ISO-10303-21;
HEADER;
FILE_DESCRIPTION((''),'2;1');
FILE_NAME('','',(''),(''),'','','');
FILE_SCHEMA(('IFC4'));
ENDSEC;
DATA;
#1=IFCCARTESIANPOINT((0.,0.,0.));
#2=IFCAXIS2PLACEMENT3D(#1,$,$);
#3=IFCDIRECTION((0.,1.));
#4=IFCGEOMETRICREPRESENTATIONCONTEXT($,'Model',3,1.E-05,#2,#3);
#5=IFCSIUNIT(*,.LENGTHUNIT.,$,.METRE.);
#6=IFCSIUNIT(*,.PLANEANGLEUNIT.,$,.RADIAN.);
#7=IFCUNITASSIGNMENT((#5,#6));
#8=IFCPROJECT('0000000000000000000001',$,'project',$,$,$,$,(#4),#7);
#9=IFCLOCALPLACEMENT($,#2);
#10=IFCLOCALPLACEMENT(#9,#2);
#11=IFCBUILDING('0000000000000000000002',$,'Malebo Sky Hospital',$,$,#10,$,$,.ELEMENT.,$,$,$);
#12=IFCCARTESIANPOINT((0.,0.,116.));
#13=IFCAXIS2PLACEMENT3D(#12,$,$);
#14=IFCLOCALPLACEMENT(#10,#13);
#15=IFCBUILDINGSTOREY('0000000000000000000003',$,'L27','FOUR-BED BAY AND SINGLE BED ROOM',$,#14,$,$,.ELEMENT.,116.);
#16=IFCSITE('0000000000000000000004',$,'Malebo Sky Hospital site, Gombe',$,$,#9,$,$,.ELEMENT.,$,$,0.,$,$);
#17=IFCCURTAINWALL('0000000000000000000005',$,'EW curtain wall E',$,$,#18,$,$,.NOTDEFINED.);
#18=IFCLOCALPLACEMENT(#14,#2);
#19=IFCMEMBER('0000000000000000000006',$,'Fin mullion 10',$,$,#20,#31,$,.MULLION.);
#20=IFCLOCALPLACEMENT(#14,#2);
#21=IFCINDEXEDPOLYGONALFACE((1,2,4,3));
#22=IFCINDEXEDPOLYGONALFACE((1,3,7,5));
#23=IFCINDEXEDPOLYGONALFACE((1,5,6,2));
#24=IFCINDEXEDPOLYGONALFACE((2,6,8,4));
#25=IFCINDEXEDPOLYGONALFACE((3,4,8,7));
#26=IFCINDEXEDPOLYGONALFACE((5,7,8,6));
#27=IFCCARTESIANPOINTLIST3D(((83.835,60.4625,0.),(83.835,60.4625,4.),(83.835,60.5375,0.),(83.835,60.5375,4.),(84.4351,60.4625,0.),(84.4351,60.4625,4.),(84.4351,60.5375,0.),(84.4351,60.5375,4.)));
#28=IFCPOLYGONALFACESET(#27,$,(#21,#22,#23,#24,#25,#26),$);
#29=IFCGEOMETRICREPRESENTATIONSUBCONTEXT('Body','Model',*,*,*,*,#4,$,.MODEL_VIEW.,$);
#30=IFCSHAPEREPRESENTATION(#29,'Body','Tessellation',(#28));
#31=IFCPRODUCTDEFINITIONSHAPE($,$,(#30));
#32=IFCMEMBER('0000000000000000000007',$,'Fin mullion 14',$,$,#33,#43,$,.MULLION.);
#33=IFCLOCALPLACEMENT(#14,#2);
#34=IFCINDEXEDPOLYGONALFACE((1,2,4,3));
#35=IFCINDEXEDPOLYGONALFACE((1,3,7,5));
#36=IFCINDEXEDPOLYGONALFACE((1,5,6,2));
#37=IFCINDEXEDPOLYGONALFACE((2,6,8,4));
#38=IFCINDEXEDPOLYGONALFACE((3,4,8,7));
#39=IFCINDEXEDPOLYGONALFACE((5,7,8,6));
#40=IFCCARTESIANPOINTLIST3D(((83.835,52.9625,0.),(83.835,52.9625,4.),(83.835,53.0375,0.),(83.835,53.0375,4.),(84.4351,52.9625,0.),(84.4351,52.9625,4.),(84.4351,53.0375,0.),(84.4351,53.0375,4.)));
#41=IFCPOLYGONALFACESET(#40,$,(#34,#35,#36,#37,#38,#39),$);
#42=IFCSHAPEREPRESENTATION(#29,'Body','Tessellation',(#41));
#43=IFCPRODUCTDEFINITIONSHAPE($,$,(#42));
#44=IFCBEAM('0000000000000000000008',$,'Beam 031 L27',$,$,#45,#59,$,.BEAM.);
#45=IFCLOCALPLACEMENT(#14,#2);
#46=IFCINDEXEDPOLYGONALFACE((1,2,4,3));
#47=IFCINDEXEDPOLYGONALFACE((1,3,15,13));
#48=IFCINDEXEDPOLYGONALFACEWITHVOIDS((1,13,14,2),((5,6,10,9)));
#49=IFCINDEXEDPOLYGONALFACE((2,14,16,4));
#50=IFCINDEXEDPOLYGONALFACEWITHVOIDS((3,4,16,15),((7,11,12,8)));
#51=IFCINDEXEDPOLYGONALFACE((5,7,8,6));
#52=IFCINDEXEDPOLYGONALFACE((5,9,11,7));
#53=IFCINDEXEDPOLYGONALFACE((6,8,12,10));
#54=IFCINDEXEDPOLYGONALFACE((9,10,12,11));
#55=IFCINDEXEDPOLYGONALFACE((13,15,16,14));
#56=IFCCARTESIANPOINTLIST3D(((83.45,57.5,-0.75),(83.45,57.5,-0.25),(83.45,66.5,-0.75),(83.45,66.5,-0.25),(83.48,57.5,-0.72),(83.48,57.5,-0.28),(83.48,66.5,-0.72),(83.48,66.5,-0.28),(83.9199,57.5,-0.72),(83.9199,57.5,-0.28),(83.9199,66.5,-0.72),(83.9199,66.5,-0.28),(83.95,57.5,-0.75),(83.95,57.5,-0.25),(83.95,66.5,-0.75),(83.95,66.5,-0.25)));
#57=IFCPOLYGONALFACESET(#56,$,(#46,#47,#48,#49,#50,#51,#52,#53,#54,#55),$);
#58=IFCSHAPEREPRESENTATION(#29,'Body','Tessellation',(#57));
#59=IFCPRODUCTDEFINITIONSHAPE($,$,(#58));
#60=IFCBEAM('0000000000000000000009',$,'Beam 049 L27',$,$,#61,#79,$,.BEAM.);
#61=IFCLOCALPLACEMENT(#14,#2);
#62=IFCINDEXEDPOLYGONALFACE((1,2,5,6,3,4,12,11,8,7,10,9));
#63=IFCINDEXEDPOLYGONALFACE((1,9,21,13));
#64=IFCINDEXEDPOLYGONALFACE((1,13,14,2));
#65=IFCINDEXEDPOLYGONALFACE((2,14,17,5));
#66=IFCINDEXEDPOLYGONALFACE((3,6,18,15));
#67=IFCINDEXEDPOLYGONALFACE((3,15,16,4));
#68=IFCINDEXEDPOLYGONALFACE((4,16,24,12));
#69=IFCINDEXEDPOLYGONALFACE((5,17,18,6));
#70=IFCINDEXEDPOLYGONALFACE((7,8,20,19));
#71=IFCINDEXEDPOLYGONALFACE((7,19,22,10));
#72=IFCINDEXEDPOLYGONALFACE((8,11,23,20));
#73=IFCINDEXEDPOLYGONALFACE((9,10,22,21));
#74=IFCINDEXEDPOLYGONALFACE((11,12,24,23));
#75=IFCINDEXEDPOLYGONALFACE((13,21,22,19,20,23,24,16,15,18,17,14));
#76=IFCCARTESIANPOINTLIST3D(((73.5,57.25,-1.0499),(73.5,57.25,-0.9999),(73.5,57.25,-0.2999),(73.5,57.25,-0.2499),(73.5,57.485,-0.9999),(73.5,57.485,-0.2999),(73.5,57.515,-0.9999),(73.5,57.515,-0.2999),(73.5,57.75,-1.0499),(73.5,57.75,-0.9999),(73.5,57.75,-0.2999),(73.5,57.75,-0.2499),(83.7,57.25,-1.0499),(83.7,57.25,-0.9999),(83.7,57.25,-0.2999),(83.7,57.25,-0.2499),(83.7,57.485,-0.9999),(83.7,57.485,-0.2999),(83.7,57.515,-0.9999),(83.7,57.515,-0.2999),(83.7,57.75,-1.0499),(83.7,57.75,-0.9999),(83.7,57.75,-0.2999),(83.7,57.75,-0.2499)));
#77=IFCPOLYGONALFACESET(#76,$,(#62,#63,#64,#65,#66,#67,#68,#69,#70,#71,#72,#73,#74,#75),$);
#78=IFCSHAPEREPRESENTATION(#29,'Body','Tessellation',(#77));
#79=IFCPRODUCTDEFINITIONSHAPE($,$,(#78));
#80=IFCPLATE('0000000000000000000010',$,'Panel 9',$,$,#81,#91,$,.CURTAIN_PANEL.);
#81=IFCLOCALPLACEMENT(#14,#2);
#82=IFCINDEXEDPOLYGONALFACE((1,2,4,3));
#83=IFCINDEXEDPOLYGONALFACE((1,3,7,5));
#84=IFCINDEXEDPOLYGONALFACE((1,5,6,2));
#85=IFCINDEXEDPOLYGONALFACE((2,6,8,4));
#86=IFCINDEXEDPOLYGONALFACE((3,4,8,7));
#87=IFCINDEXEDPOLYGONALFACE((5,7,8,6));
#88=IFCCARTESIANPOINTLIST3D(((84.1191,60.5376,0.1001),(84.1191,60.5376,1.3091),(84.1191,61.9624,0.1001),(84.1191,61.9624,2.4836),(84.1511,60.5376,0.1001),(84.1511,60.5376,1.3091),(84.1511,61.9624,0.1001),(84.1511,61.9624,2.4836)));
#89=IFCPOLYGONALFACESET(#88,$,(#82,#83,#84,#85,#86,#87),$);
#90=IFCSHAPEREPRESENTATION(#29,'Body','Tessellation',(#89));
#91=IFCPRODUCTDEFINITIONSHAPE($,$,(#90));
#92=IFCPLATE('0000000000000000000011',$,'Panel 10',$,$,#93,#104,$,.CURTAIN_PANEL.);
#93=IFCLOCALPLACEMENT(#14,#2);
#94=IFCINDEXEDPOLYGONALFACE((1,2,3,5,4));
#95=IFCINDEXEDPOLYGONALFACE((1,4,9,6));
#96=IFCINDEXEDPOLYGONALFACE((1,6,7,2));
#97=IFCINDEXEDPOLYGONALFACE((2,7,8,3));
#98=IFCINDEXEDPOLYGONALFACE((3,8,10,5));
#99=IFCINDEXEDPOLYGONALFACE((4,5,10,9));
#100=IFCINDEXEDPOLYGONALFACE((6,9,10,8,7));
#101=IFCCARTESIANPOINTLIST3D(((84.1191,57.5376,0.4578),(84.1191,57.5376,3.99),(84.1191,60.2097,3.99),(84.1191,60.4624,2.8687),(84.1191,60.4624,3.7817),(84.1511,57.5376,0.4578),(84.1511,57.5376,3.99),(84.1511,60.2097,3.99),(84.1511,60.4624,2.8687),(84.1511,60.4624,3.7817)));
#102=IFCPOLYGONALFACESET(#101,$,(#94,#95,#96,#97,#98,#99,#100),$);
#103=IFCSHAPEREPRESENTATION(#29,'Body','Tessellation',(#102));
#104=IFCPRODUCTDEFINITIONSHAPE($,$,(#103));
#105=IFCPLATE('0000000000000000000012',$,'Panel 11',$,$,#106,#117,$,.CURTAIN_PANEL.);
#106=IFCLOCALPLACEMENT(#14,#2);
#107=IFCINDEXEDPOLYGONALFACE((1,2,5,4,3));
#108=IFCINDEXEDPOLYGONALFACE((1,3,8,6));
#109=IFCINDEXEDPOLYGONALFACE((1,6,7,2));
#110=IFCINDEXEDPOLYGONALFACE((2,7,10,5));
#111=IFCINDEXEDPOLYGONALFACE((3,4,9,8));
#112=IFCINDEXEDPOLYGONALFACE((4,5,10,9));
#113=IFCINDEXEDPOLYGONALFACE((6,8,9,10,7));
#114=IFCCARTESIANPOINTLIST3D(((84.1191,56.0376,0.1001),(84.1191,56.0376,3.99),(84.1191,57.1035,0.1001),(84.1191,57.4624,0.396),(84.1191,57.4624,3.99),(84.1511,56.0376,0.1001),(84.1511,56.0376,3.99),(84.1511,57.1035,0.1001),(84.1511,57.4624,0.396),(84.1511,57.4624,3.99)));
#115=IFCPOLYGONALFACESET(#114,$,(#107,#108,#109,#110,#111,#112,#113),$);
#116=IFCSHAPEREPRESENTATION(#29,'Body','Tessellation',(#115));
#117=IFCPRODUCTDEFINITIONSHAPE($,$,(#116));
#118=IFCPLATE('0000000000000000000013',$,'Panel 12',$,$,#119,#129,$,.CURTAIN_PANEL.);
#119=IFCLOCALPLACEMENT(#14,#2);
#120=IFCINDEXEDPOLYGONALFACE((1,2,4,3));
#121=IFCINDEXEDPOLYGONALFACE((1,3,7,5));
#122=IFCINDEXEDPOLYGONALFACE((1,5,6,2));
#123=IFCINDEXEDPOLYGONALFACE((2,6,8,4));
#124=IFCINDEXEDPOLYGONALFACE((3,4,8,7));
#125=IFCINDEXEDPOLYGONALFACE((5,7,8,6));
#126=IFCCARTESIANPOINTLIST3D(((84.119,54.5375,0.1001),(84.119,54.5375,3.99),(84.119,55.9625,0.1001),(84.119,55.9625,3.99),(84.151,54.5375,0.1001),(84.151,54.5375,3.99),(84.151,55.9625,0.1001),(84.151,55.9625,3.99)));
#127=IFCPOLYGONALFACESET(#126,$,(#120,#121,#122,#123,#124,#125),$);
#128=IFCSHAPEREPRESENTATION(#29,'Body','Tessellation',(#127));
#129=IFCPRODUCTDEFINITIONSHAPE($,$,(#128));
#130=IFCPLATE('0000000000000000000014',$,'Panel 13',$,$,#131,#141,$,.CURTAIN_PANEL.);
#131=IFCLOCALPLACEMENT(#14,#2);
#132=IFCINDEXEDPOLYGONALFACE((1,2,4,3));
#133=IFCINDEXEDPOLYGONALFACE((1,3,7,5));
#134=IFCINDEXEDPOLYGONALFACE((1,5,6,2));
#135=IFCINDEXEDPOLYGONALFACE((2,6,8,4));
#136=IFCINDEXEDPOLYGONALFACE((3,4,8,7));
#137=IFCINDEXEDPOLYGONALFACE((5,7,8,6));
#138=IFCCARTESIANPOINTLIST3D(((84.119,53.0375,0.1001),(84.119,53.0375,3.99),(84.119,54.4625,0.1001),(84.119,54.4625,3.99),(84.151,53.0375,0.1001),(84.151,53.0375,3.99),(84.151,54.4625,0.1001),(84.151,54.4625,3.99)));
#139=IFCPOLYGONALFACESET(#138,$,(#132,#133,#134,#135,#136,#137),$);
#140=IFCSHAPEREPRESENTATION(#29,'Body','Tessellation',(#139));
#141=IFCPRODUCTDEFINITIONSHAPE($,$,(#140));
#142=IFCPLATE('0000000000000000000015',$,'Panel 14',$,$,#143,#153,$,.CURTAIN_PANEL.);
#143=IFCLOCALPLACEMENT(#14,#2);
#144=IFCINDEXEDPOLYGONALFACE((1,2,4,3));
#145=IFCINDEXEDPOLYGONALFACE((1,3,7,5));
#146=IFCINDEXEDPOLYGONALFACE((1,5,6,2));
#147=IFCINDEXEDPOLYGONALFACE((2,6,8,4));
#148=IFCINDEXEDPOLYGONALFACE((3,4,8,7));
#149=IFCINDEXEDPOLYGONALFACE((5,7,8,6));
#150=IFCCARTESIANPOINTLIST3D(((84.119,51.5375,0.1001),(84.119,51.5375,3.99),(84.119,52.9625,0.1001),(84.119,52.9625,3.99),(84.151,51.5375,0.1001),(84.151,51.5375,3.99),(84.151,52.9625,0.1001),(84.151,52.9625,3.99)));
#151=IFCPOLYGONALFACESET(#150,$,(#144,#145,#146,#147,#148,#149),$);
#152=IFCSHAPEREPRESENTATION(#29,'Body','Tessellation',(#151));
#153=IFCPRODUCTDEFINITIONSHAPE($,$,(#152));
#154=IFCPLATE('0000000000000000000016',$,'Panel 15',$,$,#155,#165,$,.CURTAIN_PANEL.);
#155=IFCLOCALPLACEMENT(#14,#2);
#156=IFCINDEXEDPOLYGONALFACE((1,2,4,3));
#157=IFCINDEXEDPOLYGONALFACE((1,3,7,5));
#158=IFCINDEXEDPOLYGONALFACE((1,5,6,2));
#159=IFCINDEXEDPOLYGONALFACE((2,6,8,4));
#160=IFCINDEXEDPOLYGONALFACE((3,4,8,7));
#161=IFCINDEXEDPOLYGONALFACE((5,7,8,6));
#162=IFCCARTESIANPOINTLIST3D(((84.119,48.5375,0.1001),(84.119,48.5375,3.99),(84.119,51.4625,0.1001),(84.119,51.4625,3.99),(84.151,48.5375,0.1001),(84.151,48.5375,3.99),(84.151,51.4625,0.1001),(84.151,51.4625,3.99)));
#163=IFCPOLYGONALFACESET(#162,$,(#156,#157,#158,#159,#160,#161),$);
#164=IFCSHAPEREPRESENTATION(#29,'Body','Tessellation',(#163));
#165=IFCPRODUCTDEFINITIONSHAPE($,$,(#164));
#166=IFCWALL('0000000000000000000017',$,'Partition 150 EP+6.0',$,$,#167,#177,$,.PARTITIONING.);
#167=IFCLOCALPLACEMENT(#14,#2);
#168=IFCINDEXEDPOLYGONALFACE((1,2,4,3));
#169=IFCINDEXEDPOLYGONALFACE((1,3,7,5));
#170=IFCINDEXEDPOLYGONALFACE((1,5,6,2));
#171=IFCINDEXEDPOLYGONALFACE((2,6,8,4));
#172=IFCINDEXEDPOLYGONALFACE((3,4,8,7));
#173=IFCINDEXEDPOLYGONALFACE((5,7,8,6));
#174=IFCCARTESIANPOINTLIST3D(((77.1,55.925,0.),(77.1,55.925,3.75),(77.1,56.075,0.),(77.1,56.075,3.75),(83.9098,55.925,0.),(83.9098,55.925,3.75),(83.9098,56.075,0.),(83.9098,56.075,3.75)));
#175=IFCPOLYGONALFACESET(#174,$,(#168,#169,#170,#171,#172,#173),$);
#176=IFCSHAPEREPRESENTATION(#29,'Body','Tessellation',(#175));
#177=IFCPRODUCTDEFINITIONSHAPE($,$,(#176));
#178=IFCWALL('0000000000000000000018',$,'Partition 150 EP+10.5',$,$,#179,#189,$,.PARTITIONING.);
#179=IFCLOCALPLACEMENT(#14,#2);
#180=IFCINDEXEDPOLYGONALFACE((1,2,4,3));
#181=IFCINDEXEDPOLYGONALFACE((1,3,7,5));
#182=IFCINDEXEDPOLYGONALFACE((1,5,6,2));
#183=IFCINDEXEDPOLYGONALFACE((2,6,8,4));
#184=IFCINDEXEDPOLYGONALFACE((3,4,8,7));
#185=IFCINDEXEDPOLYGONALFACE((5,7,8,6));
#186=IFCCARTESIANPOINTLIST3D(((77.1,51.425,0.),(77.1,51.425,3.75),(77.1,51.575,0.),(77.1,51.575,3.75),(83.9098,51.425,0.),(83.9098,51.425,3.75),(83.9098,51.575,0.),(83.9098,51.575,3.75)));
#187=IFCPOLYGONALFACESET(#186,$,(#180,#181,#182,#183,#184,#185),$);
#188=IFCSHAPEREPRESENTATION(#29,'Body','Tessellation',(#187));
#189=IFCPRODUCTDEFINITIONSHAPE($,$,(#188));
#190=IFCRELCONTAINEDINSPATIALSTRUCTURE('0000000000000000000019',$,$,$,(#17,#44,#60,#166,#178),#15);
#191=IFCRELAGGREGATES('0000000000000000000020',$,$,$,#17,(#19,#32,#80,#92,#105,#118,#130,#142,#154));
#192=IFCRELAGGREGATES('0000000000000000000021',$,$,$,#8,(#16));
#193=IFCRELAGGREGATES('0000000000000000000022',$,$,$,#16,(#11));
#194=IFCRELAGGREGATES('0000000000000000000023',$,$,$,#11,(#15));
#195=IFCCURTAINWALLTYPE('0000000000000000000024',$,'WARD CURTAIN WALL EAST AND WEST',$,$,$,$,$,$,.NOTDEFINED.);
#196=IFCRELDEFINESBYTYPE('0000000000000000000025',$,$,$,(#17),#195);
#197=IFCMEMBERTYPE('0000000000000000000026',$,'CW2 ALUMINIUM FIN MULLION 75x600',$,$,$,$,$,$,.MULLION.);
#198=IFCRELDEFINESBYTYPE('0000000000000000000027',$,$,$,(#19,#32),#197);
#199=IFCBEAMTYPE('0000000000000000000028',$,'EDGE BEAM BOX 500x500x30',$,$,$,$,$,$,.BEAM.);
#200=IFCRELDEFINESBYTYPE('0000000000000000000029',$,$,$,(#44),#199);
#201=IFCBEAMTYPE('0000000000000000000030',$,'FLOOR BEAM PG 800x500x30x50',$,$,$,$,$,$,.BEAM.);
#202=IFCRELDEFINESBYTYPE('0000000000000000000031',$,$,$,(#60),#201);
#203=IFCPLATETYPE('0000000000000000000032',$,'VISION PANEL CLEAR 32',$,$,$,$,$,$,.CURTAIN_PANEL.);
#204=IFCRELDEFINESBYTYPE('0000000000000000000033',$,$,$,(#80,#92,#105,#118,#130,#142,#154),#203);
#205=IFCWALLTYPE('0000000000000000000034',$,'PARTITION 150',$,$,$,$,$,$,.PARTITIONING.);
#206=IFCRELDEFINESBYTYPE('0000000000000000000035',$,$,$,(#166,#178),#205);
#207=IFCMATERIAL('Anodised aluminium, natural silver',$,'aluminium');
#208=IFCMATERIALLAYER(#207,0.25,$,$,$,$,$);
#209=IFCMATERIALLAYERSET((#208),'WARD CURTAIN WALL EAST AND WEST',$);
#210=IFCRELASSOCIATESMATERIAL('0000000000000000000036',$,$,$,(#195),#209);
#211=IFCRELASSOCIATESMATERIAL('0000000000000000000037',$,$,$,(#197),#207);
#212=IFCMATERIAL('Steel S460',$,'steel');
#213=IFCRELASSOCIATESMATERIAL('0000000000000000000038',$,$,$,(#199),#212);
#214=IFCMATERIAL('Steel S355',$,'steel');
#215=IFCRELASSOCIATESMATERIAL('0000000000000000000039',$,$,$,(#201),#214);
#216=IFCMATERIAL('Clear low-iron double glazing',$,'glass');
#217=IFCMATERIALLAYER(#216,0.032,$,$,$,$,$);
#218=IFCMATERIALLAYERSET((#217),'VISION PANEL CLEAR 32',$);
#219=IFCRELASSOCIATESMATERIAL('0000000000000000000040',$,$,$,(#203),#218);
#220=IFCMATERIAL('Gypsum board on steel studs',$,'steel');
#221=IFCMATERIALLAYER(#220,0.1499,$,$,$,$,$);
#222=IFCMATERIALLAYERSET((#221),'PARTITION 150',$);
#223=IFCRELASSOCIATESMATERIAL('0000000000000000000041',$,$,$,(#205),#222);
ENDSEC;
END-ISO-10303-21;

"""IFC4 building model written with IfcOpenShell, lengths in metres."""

from ifc_helpers import new_model, si_unit, direction, frame, frame_2d, origin, origin_2d, place, context, subcontext, project, spatial, polyline, rectangle, hollow_rectangle, i_section, outline, extrude, material, layer, layer_set, material_profile, profile_set, type_object, element, aggregate, save


model = new_model("IFC4")

# Units and contexts
model_context = context("Model", 3, precision=1e-05, world=origin(), true_north=direction((0.0, 1.0)))
body_context = subcontext(model_context, "Body", "Model", "MODEL_VIEW")
ifc_project = project(units=[si_unit("LENGTHUNIT", "METRE"), si_unit("PLANEANGLEUNIT", "RADIAN")], contexts=[model_context])

# Site, building, storey
site_placement = place(None, origin())
site = spatial("IfcSite", under=ifc_project, at=site_placement, Name="Malebo Sky Hospital site, Gombe", CompositionType="ELEMENT", RefElevation=0.0)
building_placement = place(site_placement, origin())
building = spatial("IfcBuilding", under=site, at=building_placement, Name="Malebo Sky Hospital", CompositionType="ELEMENT")
storey_placement = place(building_placement, frame((0.0, 0.0, 116.0)))
storey = spatial("IfcBuildingStorey", under=building, at=storey_placement, Name="L27", Description="FOUR-BED BAY AND SINGLE BED ROOM", CompositionType="ELEMENT", Elevation=116.0)

# Shared definitions
ifc_material_1 = material(Name="Steel S460", Category="steel")

# Curtain wall
ifc_material_2 = material(Name="Anodised aluminium, natural silver", Category="aluminium")
ifc_layer_1 = layer(ifc_material_2, 0.25)
ifc_layer_set_1 = layer_set([ifc_layer_1], Name="WARD CURTAIN WALL EAST AND WEST")
curtain_wall_type = type_object("IfcCurtainWallType", Name="WARD CURTAIN WALL EAST AND WEST", PredefinedType="NOTDEFINED", material=ifc_layer_set_1)
curtain_wall_placement = place(storey_placement, origin())
curtain_wall = element("IfcCurtainWall", 1, at=curtain_wall_placement, inside=storey, type_object=curtain_wall_type, Name="EW curtain wall E", PredefinedType="NOTDEFINED")

# Members
ifc_material_3 = material(Name="Steel S355", Category="steel")
ifc_material_profile_1 = material_profile(ifc_material_2, rectangle(XDim=0.075, YDim=0.6001, at=origin_2d()), Name="CW2 ALUMINIUM FIN MULLION 75x600")
ifc_profile_set_1 = profile_set([ifc_material_profile_1], Name="Anodised aluminium, natural silver")
member_type_1 = type_object("IfcMemberType", Name="CW2 ALUMINIUM FIN MULLION 75x600", PredefinedType="MULLION", material=ifc_profile_set_1)
member_1_placement = place(storey_placement, frame((84.135, 60.5, 0.0), z_axis=(0.0, 0.0, 1.0), x_axis=(0.0, -1.0, 0.0)))
member_1 = element("IfcMember", 2, at=member_1_placement, type_object=member_type_1, Name="Fin mullion 10", PredefinedType="MULLION", context=body_context, shape_type="SweptSolid", body=[
    extrude(rectangle(XDim=0.075, YDim=0.6001, at=origin_2d()), origin(), (0.0, 0.0, 1.0), 4.0),
])
member_2_placement = place(storey_placement, frame((84.135, 53.0, 0.0), z_axis=(0.0, 0.0, 1.0), x_axis=(0.0, -1.0, 0.0)))
member_2 = element("IfcMember", 3, at=member_2_placement, type_object=member_type_1, Name="Fin mullion 14", PredefinedType="MULLION", context=body_context, shape_type="SweptSolid", body=[
    extrude(rectangle(XDim=0.075, YDim=0.6001, at=origin_2d()), origin(), (0.0, 0.0, 1.0), 4.0),
])

# Beams
ifc_material_profile_2 = material_profile(ifc_material_1, hollow_rectangle(XDim=0.5, YDim=0.5, WallThickness=0.03, at=origin_2d()), Name="BOX 500x500x30")
ifc_profile_set_2 = profile_set([ifc_material_profile_2], Name="Steel S460")
beam_type_1 = type_object("IfcBeamType", Name="EDGE BEAM BOX 500x500x30", PredefinedType="BEAM", material=ifc_profile_set_2)
beam_1_placement = place(storey_placement, frame((83.7, 57.5, -0.5), z_axis=(0.0, 1.0, 0.0), x_axis=(-1.0, 0.0, 0.0)))
element("IfcBeam", 4, at=beam_1_placement, inside=storey, type_object=beam_type_1, Name="Beam 031 L27", PredefinedType="BEAM", context=body_context, shape_type="SweptSolid", body=[
    extrude(hollow_rectangle(XDim=0.5, YDim=0.5, WallThickness=0.03, at=origin_2d()), origin(), (0.0, 0.0, 1.0), 9.0),
])
ifc_material_profile_3 = material_profile(ifc_material_3, i_section(OverallWidth=0.5, OverallDepth=0.8, WebThickness=0.03, FlangeThickness=0.05, at=origin_2d()), Name="PG 800x500x30x50")
ifc_profile_set_3 = profile_set([ifc_material_profile_3], Name="Steel S355")
beam_type_2 = type_object("IfcBeamType", Name="FLOOR BEAM PG 800x500x30x50", PredefinedType="BEAM", material=ifc_profile_set_3)
beam_2_placement = place(storey_placement, frame((73.5, 57.5, -0.6499), z_axis=(1.0, 0.0, 0.0), x_axis=(0.0, 1.0, 0.0)))
element("IfcBeam", 5, at=beam_2_placement, inside=storey, type_object=beam_type_2, Name="Beam 049 L27", PredefinedType="BEAM", context=body_context, shape_type="SweptSolid", body=[
    extrude(i_section(OverallWidth=0.5, OverallDepth=0.8, WebThickness=0.03, FlangeThickness=0.05, at=origin_2d()), origin(), (0.0, 0.0, 1.0), 10.2),
])

# Plates
ifc_material_4 = material(Name="Clear low-iron double glazing", Category="glass")
ifc_layer_2 = layer(ifc_material_4, 0.032)
ifc_layer_set_2 = layer_set([ifc_layer_2], Name="VISION PANEL CLEAR 32")
plate_type = type_object("IfcPlateType", Name="VISION PANEL CLEAR 32", PredefinedType="CURTAIN_PANEL", material=ifc_layer_set_2)
plate_1_placement = place(storey_placement, frame((84.135, 61.25, 0.1001), z_axis=(0.0, 0.0, 1.0), x_axis=(0.0, -1.0, 0.0)))
plate_1 = element("IfcPlate", 6, at=plate_1_placement, type_object=plate_type, Name="Panel 9", PredefinedType="CURTAIN_PANEL", context=body_context, shape_type="SweptSolid", body=[
    extrude(outline(polyline([(-0.7124, 0.0), (0.7124, 0.0), (0.7124, 1.209), (-0.7124, 2.3835), (-0.7124, 0.0)])), frame((0.0, 0.0161, 0.0), z_axis=(0.0, -1.0, 0.0), x_axis=(1.0, 0.0, 0.0)), (0.0, 0.0, 1.0), 0.032),
])
plate_2_placement = place(storey_placement, frame((84.135, 59.0, 0.4578), z_axis=(0.0, 0.0, 1.0), x_axis=(0.0, -1.0, 0.0)))
plate_2 = element("IfcPlate", 7, at=plate_2_placement, type_object=plate_type, Name="Panel 10", PredefinedType="CURTAIN_PANEL", context=body_context, shape_type="SweptSolid", body=[
    extrude(outline(polyline([(1.4624, 0.0), (1.4624, 3.5322), (-1.2097, 3.5322), (-1.4624, 3.324), (-1.4624, 2.4109), (1.4624, 0.0)])), frame((0.0, 0.0161, 0.0), z_axis=(0.0, -1.0, 0.0), x_axis=(1.0, 0.0, 0.0)), (0.0, 0.0, 1.0), 0.032),
])
plate_3_placement = place(storey_placement, frame((84.135, 56.75, 0.1001), z_axis=(0.0, 0.0, 1.0), x_axis=(0.0, -1.0, 0.0)))
plate_3 = element("IfcPlate", 8, at=plate_3_placement, type_object=plate_type, Name="Panel 11", PredefinedType="CURTAIN_PANEL", context=body_context, shape_type="SweptSolid", body=[
    extrude(outline(polyline([(-0.3535, 0.0), (0.7124, 0.0), (0.7124, 3.8899), (-0.7124, 3.8899), (-0.7124, 0.2959), (-0.3535, 0.0)])), frame((0.0, 0.0161, 0.0), z_axis=(0.0, -1.0, 0.0), x_axis=(1.0, 0.0, 0.0)), (0.0, 0.0, 1.0), 0.032),
])
plate_4_placement = place(storey_placement, frame((84.135, 55.25, 0.1001), z_axis=(0.0, 0.0, 1.0), x_axis=(0.0, -1.0, 0.0)))
plate_4 = element("IfcPlate", 9, at=plate_4_placement, type_object=plate_type, Name="Panel 12", PredefinedType="CURTAIN_PANEL", context=body_context, shape_type="SweptSolid", body=[
    extrude(rectangle(XDim=1.425, YDim=0.032, at=origin_2d()), origin(), (0.0, 0.0, 1.0), 3.8899),
])
plate_5_placement = place(storey_placement, frame((84.135, 53.75, 0.1001), z_axis=(0.0, 0.0, 1.0), x_axis=(0.0, -1.0, 0.0)))
plate_5 = element("IfcPlate", 10, at=plate_5_placement, type_object=plate_type, Name="Panel 13", PredefinedType="CURTAIN_PANEL", context=body_context, shape_type="SweptSolid", body=[
    extrude(rectangle(XDim=1.425, YDim=0.032, at=origin_2d()), origin(), (0.0, 0.0, 1.0), 3.8899),
])
plate_6_placement = place(storey_placement, frame((84.135, 52.25, 0.1001), z_axis=(0.0, 0.0, 1.0), x_axis=(0.0, -1.0, 0.0)))
plate_6 = element("IfcPlate", 11, at=plate_6_placement, type_object=plate_type, Name="Panel 14", PredefinedType="CURTAIN_PANEL", context=body_context, shape_type="SweptSolid", body=[
    extrude(rectangle(XDim=1.425, YDim=0.032, at=origin_2d()), origin(), (0.0, 0.0, 1.0), 3.8899),
])
plate_7_placement = place(storey_placement, frame((84.135, 50.0, 0.1001), z_axis=(0.0, 0.0, 1.0), x_axis=(0.0, -1.0, 0.0)))
plate_7 = element("IfcPlate", 12, at=plate_7_placement, type_object=plate_type, Name="Panel 15", PredefinedType="CURTAIN_PANEL", context=body_context, shape_type="SweptSolid", body=[
    extrude(rectangle(XDim=2.925, YDim=0.032, at=origin_2d()), origin(), (0.0, 0.0, 1.0), 3.8899),
])
aggregate(curtain_wall, [member_1, member_2, plate_1, plate_2, plate_3, plate_4, plate_5, plate_6, plate_7])

# Walls
ifc_material_5 = material(Name="Gypsum board on steel studs", Category="steel")
ifc_layer_3 = layer(ifc_material_5, 0.1499)
ifc_layer_set_3 = layer_set([ifc_layer_3], Name="PARTITION 150")
wall_type = type_object("IfcWallType", Name="PARTITION 150", PredefinedType="PARTITIONING", material=ifc_layer_set_3)
for number, where, z_axis, x_axis, name in (
    (13, (77.1001, 56.0, 0.0), (0.0, 0.0, 1.0), (1.0, 0.0, 0.0), "Partition 150 EP+6.0"),
    (14, (77.1001, 51.5, 0.0), (0.0, 0.0, 1.0), (1.0, 0.0, 0.0), "Partition 150 EP+10.5"),
):
    element("IfcWall", number, at=place(storey_placement, frame(where, z_axis=z_axis, x_axis=x_axis)), inside=storey, type_object=wall_type, Name=name, PredefinedType="PARTITIONING", context=body_context, shape_type="SweptSolid", body=[
        extrude(rectangle(XDim=6.8098, YDim=0.1499, at=frame_2d((3.4048, 0.0))), origin(), (0.0, 0.0, 1.0), 3.75),
    ])

save(model, "model.ifc")
